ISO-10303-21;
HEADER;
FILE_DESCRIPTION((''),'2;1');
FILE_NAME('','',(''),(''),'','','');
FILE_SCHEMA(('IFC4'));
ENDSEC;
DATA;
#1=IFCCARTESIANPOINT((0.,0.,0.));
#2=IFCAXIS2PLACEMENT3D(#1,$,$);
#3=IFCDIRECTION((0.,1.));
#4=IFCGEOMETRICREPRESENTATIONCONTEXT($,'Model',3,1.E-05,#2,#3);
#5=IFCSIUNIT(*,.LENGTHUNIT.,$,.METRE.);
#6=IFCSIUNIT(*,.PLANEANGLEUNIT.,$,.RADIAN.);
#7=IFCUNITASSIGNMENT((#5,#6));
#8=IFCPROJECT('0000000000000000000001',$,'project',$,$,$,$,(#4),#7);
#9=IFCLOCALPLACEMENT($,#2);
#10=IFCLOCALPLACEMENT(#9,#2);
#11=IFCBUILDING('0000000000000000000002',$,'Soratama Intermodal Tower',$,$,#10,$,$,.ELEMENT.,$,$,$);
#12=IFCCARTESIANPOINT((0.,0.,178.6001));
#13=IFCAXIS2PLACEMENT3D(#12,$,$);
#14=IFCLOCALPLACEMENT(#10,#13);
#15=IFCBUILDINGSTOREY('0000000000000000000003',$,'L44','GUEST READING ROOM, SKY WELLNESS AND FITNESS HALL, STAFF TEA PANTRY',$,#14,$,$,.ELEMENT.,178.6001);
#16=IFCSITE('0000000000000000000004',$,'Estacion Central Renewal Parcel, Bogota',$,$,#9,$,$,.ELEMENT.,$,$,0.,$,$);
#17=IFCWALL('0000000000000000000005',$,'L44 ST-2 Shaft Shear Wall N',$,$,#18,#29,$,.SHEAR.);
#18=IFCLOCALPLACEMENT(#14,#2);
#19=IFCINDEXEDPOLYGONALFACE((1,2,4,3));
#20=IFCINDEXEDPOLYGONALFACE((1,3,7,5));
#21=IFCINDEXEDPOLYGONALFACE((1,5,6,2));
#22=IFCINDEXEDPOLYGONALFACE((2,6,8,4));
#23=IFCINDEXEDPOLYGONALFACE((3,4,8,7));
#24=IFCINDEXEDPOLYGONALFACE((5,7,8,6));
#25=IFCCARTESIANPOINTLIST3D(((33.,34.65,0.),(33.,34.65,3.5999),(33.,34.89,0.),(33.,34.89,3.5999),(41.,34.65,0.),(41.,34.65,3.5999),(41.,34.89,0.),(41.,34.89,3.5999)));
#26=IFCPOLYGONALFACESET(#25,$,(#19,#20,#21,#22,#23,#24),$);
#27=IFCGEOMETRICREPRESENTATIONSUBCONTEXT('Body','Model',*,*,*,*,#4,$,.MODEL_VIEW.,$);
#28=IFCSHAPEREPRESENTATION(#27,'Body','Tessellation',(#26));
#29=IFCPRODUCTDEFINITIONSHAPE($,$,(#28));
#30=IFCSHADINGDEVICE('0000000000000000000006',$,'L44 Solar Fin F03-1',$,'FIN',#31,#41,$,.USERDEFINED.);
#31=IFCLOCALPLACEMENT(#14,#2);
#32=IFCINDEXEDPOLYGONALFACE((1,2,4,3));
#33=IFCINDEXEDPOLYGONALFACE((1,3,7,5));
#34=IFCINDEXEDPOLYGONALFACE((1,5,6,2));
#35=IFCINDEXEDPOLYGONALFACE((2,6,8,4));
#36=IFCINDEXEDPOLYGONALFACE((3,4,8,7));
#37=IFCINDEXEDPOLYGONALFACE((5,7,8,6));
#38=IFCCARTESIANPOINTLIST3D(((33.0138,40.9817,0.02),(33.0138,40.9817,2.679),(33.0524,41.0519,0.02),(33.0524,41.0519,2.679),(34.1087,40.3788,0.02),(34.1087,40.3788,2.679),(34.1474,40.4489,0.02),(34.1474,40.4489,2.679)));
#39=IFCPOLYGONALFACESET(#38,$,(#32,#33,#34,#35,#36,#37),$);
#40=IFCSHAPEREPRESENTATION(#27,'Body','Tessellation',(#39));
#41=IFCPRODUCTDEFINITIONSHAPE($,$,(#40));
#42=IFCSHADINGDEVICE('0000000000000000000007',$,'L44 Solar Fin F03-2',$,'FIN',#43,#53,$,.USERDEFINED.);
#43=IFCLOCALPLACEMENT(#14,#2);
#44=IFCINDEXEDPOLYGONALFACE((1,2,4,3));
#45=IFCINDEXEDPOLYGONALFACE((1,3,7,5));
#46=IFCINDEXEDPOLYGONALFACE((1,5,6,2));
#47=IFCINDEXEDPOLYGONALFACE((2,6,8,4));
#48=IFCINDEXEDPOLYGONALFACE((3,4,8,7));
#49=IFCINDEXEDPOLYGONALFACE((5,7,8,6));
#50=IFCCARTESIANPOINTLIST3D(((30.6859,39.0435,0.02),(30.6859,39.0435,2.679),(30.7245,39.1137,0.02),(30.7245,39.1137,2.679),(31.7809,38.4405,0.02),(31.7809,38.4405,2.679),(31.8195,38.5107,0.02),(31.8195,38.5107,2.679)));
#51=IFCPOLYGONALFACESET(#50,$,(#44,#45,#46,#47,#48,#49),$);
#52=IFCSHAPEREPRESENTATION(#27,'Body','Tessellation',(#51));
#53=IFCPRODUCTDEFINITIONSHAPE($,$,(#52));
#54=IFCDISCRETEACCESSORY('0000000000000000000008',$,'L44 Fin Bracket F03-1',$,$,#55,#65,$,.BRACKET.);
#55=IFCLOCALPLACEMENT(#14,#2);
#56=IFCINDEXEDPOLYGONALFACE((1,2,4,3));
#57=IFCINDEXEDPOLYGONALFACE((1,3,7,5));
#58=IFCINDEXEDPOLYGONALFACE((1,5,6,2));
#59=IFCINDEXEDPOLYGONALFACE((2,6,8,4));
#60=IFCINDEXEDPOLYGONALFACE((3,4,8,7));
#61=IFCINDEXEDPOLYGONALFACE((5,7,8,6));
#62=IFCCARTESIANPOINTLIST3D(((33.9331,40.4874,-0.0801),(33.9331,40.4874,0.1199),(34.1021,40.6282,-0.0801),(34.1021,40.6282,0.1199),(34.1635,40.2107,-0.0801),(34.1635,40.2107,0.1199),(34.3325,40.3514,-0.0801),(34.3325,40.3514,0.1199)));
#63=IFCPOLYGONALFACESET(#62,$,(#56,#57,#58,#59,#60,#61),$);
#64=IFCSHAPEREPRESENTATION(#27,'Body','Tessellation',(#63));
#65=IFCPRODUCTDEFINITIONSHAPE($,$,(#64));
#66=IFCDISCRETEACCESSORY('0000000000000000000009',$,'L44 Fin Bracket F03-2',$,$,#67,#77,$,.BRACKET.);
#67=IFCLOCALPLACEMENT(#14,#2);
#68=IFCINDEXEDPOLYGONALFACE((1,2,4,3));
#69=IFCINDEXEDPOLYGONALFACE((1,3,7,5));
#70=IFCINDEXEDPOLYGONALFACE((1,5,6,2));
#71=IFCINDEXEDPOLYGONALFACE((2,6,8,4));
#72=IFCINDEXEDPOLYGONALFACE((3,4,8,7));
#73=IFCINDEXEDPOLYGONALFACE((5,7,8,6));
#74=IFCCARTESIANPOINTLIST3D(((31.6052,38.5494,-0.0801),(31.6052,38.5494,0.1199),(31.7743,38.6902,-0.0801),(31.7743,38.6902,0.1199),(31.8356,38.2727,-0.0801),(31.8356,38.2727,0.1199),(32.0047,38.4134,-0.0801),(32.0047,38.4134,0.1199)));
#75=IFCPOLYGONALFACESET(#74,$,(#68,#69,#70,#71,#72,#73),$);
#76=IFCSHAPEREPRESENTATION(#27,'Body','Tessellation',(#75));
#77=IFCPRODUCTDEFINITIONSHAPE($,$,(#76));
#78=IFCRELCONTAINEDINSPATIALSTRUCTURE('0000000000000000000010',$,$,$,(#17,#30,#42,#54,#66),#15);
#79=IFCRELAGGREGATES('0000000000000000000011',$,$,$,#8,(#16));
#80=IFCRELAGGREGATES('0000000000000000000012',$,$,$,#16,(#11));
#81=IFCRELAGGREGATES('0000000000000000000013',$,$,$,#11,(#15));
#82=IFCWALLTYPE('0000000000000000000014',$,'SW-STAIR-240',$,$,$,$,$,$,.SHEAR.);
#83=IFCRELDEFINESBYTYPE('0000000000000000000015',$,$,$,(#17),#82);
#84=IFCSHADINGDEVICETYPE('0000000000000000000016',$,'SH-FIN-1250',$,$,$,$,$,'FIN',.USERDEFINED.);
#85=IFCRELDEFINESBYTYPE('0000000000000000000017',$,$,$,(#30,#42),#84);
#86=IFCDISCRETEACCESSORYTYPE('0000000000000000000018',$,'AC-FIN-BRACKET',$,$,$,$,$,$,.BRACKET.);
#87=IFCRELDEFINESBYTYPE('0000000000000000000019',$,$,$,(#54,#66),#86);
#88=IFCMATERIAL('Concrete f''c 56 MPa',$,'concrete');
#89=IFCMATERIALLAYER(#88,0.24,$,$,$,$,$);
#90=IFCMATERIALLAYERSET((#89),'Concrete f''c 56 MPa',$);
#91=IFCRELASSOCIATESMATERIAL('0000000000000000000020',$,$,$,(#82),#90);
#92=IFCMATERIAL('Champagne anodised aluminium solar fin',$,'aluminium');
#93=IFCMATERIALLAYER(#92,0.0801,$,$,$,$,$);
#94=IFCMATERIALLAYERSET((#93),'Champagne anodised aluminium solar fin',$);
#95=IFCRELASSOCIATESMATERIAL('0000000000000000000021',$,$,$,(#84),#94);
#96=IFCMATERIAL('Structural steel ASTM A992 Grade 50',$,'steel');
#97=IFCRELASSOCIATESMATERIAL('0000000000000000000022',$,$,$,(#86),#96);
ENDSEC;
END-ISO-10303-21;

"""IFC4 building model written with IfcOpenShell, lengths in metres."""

from ifc_helpers import new_model, si_unit, direction, frame, frame_2d, origin, origin_2d, place, context, subcontext, project, spatial, rectangle, extrude, material, layer, layer_set, type_object, element, save


model = new_model("IFC4")

# Units and contexts
model_context = context("Model", 3, precision=1e-05, world=origin(), true_north=direction((0.0, 1.0)))
body_context = subcontext(model_context, "Body", "Model", "MODEL_VIEW")
ifc_project = project(units=[si_unit("LENGTHUNIT", "METRE"), si_unit("PLANEANGLEUNIT", "RADIAN")], contexts=[model_context])

# Site, building, storey
site_placement = place(None, origin())
site = spatial("IfcSite", under=ifc_project, at=site_placement, Name="Estacion Central Renewal Parcel, Bogota", CompositionType="ELEMENT", RefElevation=0.0)
building_placement = place(site_placement, origin())
building = spatial("IfcBuilding", under=site, at=building_placement, Name="Soratama Intermodal Tower", CompositionType="ELEMENT")
storey_placement = place(building_placement, frame((0.0, 0.0, 178.6001)))
storey = spatial("IfcBuildingStorey", under=building, at=storey_placement, Name="L44", Description="GUEST READING ROOM, SKY WELLNESS AND FITNESS HALL, STAFF TEA PANTRY", CompositionType="ELEMENT", Elevation=178.6001)

# Wall
ifc_material_1 = material(Name="Concrete f'c 56 MPa", Category="concrete")
ifc_layer_1 = layer(ifc_material_1, 0.24)
ifc_layer_set_1 = layer_set([ifc_layer_1], Name="Concrete f'c 56 MPa")
wall_type_1 = type_object("IfcWallType", Name="SW-STAIR-240", PredefinedType="SHEAR", material=ifc_layer_set_1)
wall_1_placement = place(storey_placement, frame((33.0, 34.77, 0.0), z_axis=(0.0, 0.0, 1.0), x_axis=(1.0, 0.0, 0.0)))
element("IfcWall", 1, at=wall_1_placement, inside=storey, type_object=wall_type_1, Name="L44 ST-2 Shaft Shear Wall N", PredefinedType="SHEAR", context=body_context, shape_type="SweptSolid", body=[
    extrude(rectangle(XDim=8.0, YDim=0.24, at=frame_2d((4.0, 0.0))), origin(), (0.0, 0.0, 1.0), 3.5999),
])

# Shading devices
ifc_material_2 = material(Name="Champagne anodised aluminium solar fin", Category="aluminium")
ifc_layer_2 = layer(ifc_material_2, 0.0801)
ifc_layer_set_2 = layer_set([ifc_layer_2], Name="Champagne anodised aluminium solar fin")
shading_device_type = type_object("IfcShadingDeviceType", Name="SH-FIN-1250", ElementType="FIN", PredefinedType="USERDEFINED", material=ifc_layer_set_2)
for number, where, z_axis, x_axis, name in (
    (2, (33.5806, 40.7153, 0.02), (0.0, 0.0, 1.0), (-0.87597, 0.482365, 0.0), "L44 Solar Fin F03-1"),
    (3, (31.2527, 38.7771, 0.02), (0.0, 0.0, 1.0), (-0.87597, 0.482365, 0.0), "L44 Solar Fin F03-2"),
):
    element("IfcShadingDevice", number, at=place(storey_placement, frame(where, z_axis=z_axis, x_axis=x_axis)), inside=storey, type_object=shading_device_type, Name=name, ObjectType="FIN", PredefinedType="USERDEFINED", context=body_context, shape_type="SweptSolid", body=[
        extrude(rectangle(XDim=1.25, YDim=0.0801, at=origin_2d()), origin(), (0.0, 0.0, 1.0), 2.6589),
    ])

# Discrete accessories
ifc_material_3 = material(Name="Structural steel ASTM A992 Grade 50", Category="steel")
discrete_accessory_type = type_object("IfcDiscreteAccessoryType", Name="AC-FIN-BRACKET", PredefinedType="BRACKET", material=ifc_material_3)
for number, where, z_axis, x_axis, name in (
    (4, (34.1328, 40.4194, -0.0801), (0.0, 0.0, 1.0), (-0.639841, 0.768507, 0.0), "L44 Fin Bracket F03-1"),
    (5, (31.8049, 38.4814, -0.0801), (0.0, 0.0, 1.0), (-0.639841, 0.768507, 0.0), "L44 Fin Bracket F03-2"),
):
    element("IfcDiscreteAccessory", number, at=place(storey_placement, frame(where, z_axis=z_axis, x_axis=x_axis)), inside=storey, type_object=discrete_accessory_type, Name=name, PredefinedType="BRACKET", context=body_context, shape_type="SweptSolid", body=[
        extrude(rectangle(XDim=0.3601, YDim=0.22, at=origin_2d()), origin(), (0.0, 0.0, 1.0), 0.2),
    ])

save(model, "model.ifc")
